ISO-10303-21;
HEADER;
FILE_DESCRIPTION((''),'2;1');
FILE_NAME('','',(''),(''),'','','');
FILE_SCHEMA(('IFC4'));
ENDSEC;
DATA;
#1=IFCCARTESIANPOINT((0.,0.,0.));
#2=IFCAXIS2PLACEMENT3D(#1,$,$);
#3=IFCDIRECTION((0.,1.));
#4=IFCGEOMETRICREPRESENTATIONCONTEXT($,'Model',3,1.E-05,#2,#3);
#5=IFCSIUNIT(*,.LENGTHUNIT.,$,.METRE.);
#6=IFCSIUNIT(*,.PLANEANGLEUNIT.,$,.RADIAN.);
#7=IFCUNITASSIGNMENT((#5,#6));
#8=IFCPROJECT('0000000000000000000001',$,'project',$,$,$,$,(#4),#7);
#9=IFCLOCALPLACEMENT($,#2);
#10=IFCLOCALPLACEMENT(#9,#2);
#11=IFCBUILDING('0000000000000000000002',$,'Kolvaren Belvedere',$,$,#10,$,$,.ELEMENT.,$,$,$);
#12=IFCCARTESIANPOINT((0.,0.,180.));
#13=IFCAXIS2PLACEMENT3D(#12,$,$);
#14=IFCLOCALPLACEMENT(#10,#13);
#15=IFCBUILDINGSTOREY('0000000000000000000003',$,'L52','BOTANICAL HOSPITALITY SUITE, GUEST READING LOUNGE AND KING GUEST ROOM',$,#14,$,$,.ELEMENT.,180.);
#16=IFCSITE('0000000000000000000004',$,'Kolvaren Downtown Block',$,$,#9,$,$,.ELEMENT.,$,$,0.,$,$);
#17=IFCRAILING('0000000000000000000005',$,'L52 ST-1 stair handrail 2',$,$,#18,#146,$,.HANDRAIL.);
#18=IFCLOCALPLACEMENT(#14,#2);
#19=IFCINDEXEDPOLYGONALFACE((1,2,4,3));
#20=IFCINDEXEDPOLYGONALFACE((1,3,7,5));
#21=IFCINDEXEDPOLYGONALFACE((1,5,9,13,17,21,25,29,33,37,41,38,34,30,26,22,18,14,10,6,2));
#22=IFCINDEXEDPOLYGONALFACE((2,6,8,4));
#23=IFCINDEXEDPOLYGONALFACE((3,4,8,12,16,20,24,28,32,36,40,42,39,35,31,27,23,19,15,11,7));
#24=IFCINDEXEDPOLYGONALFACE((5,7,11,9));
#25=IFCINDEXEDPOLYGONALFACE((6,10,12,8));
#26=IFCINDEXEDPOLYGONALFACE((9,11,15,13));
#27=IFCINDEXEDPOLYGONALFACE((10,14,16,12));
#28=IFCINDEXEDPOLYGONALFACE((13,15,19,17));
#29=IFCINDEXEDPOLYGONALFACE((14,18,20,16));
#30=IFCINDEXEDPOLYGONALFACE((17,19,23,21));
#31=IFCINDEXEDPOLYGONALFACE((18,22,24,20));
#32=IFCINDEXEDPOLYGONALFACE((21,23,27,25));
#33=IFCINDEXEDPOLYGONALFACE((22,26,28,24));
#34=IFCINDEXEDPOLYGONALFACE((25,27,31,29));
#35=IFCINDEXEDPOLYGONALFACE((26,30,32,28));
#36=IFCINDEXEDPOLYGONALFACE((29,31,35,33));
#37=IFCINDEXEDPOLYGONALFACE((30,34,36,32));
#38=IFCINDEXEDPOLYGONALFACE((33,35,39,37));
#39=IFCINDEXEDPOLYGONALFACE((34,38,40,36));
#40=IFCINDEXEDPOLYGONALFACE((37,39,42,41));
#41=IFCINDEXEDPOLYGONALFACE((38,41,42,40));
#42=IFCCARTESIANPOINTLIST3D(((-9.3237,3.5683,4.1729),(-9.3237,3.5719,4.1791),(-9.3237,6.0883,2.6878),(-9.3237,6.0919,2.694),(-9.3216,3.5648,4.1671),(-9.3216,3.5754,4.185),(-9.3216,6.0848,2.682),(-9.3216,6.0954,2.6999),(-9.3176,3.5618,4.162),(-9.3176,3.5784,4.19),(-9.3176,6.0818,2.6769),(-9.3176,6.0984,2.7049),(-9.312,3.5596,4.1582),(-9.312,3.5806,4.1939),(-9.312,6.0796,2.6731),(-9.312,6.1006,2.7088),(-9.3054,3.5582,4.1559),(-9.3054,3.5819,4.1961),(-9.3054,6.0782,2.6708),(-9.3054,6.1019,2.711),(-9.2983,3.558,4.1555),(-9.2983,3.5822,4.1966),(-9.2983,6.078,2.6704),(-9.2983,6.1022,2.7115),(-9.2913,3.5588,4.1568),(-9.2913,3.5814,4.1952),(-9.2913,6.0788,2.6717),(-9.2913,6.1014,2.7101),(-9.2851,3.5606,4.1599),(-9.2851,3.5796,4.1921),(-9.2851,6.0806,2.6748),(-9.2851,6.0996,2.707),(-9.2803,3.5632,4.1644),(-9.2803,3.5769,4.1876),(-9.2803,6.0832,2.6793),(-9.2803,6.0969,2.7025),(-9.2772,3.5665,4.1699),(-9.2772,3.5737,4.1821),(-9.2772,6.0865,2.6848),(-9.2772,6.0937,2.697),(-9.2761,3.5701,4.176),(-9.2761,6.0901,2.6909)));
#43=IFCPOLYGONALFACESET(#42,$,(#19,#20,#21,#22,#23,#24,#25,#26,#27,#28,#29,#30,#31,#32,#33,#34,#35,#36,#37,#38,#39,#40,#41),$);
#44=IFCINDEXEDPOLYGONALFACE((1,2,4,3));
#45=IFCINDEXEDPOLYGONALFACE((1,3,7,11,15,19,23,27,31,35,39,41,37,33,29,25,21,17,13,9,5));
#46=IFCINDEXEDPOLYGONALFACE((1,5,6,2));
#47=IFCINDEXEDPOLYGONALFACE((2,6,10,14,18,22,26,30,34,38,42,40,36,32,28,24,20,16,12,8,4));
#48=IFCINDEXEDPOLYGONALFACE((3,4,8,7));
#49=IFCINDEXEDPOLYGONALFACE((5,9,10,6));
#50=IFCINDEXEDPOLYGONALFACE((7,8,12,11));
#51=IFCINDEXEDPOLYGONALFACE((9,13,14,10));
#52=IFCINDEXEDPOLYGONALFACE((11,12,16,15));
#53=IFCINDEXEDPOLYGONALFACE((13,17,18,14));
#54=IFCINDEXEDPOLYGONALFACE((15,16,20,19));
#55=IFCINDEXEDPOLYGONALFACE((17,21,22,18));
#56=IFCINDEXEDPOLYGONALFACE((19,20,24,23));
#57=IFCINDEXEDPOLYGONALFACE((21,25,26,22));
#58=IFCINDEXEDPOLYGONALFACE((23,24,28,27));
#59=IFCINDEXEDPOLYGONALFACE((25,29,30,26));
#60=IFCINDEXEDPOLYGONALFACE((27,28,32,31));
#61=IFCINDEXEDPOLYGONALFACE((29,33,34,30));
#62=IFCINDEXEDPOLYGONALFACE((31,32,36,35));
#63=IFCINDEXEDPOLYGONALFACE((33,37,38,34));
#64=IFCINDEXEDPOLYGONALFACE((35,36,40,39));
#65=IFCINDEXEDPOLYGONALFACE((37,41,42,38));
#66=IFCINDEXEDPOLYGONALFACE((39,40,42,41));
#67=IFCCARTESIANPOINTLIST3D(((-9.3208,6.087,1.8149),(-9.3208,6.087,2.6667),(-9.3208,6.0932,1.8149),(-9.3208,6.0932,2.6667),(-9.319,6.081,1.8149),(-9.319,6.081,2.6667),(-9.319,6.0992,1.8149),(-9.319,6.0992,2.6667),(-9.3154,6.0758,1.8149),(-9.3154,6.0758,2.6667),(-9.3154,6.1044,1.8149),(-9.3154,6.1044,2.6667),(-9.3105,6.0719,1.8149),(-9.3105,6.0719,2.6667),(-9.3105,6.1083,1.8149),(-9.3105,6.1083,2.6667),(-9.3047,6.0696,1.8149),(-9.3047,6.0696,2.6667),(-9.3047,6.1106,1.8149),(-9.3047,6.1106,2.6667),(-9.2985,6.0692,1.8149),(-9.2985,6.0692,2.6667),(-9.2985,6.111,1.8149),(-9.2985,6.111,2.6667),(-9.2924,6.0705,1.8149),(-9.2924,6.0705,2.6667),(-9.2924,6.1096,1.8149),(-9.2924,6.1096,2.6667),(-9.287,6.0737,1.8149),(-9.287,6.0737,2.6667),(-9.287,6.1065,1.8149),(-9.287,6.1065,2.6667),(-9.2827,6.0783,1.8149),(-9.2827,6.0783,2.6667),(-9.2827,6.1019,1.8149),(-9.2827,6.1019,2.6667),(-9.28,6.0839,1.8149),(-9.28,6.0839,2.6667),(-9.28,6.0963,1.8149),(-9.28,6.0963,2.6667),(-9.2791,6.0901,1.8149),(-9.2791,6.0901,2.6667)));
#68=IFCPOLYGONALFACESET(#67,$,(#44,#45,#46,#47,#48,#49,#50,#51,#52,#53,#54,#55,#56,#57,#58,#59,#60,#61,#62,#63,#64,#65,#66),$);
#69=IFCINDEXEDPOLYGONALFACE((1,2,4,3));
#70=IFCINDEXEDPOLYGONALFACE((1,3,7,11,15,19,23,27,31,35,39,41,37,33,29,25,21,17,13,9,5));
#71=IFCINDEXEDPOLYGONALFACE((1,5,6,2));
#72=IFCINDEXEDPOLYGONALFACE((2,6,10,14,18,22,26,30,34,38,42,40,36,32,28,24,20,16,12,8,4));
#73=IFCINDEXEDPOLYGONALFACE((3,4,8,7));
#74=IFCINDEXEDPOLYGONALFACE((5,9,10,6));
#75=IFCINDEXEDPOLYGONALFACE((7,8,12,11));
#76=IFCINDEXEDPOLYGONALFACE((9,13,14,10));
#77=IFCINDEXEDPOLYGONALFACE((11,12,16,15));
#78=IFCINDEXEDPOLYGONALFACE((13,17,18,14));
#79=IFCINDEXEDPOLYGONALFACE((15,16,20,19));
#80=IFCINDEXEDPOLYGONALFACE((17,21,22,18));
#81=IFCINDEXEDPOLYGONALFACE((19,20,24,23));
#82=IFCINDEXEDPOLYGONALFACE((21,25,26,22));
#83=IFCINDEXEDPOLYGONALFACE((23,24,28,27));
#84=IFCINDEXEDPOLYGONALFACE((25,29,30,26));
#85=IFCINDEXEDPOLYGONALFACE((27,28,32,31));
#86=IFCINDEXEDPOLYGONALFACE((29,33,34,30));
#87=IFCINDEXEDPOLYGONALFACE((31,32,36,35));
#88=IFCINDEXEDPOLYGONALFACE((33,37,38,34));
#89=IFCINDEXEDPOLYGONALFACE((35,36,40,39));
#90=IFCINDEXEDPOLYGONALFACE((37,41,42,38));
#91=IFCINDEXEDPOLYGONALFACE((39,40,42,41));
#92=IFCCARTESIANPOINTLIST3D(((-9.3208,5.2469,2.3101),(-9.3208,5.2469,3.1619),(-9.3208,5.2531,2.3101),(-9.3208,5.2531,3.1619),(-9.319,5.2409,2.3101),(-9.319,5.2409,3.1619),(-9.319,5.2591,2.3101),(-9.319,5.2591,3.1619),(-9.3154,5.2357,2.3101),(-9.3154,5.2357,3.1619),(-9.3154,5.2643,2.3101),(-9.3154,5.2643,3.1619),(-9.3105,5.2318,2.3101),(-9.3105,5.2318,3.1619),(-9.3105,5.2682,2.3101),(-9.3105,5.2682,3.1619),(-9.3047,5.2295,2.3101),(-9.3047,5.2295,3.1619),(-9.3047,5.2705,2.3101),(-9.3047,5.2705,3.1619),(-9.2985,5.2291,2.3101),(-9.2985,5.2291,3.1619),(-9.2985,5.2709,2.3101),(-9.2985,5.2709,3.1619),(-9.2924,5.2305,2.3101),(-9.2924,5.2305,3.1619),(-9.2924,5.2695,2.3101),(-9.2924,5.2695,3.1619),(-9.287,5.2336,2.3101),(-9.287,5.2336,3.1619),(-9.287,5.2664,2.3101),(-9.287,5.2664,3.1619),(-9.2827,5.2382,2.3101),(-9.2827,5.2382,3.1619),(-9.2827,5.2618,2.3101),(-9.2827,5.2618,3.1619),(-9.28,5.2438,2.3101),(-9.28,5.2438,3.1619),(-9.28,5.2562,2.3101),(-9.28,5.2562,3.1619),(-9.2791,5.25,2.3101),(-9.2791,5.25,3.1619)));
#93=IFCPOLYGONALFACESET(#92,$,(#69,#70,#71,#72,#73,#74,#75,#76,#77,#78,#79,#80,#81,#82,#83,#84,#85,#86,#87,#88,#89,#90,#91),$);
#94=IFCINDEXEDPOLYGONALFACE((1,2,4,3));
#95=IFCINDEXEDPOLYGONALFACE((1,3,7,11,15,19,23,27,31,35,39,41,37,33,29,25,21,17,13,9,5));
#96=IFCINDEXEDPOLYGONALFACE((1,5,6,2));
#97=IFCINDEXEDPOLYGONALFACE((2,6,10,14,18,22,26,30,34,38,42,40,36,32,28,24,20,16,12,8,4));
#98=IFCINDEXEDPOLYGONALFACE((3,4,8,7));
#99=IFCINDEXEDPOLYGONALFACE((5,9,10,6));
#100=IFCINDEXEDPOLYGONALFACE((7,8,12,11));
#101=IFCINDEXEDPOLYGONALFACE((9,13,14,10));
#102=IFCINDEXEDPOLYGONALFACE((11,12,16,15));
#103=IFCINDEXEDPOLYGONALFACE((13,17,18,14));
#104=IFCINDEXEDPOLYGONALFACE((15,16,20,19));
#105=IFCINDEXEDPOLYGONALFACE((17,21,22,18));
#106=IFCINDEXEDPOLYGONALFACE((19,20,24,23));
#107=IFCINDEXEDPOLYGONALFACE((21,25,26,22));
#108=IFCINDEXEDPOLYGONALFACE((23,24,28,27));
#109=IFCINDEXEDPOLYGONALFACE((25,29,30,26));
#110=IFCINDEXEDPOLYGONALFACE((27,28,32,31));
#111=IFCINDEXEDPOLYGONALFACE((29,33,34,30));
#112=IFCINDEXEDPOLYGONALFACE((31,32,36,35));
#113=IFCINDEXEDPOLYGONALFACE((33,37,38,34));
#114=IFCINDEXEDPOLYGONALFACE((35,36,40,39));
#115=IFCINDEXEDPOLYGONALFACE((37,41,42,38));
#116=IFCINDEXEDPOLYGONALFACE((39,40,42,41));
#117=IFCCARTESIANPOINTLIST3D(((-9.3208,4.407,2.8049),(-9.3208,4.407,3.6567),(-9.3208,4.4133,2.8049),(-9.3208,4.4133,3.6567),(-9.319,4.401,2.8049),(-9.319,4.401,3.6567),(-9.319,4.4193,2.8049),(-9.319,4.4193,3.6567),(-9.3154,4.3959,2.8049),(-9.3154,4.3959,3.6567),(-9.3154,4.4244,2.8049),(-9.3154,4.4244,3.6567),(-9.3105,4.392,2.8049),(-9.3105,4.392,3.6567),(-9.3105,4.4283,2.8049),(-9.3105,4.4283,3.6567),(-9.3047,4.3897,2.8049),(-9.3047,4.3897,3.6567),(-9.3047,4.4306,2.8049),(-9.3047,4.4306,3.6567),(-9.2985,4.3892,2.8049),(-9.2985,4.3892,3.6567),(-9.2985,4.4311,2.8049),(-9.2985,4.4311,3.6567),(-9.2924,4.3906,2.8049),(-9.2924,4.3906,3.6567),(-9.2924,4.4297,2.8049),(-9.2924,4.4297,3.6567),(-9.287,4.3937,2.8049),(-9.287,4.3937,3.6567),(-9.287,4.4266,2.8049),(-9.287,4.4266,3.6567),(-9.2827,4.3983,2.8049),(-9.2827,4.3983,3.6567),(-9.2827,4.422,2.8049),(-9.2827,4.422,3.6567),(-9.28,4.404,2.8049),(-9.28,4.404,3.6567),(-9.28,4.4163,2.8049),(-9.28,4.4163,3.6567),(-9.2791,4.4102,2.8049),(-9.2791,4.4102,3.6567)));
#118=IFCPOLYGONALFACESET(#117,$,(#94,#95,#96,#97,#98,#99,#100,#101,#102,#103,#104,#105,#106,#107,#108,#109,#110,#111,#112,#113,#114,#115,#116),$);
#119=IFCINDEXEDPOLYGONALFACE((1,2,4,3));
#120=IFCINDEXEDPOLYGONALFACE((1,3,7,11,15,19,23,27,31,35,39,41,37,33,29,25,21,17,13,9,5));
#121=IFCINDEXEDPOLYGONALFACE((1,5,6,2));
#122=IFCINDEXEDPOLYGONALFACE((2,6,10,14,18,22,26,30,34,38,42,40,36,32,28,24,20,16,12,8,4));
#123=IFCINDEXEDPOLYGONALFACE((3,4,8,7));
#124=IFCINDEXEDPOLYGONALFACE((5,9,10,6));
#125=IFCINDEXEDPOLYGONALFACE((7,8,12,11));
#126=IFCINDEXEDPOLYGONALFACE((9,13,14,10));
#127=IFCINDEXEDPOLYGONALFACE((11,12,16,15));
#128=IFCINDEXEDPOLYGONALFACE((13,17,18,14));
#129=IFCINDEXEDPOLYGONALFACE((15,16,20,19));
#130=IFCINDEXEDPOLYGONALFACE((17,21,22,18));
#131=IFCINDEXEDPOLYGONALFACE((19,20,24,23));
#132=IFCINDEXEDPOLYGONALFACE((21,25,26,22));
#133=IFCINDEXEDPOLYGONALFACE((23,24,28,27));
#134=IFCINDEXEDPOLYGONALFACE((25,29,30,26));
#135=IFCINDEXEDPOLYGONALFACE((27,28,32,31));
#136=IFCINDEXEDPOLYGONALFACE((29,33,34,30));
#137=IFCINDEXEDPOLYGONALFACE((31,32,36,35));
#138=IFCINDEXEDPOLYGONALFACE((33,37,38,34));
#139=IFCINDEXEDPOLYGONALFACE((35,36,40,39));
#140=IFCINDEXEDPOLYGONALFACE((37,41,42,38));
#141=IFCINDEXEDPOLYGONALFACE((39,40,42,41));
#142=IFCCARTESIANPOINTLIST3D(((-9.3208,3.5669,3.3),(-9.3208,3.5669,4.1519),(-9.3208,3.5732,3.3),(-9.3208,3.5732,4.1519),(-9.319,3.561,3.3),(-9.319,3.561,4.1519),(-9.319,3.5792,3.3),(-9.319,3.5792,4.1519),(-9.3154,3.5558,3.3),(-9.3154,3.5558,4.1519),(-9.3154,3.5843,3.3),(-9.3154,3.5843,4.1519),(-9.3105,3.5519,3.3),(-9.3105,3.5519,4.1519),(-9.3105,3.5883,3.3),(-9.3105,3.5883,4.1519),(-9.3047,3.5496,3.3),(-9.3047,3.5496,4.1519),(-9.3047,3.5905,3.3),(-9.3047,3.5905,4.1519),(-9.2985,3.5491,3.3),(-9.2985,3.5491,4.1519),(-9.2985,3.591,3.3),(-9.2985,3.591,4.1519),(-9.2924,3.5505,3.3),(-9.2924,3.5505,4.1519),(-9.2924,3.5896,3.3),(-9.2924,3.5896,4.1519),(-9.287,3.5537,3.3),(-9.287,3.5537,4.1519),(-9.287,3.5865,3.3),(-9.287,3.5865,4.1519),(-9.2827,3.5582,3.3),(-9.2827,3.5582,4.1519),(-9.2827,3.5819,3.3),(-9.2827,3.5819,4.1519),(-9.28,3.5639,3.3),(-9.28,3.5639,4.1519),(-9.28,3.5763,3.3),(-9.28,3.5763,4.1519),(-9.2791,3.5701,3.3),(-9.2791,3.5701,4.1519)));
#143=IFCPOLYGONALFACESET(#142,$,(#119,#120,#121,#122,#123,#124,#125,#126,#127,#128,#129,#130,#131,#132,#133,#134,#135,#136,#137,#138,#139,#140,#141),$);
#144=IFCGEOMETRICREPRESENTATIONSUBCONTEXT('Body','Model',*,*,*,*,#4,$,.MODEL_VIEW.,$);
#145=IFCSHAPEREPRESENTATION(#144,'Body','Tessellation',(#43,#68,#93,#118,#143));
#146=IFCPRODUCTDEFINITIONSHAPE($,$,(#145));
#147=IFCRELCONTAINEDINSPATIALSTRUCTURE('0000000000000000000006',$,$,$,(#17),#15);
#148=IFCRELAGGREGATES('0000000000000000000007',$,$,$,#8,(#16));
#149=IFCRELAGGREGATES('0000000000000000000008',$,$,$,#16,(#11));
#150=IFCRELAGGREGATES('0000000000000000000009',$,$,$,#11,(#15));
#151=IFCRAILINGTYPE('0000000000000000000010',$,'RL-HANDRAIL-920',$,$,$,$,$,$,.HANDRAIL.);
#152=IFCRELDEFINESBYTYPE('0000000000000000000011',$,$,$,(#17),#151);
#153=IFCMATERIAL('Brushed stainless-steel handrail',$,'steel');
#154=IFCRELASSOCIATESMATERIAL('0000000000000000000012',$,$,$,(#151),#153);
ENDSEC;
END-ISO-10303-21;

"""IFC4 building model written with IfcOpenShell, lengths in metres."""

from ifc_helpers import new_model, si_unit, direction, frame, origin, origin_2d, place, context, subcontext, project, spatial, circle, extrude, material, type_object, element, save


model = new_model("IFC4")

# Units and contexts
model_context = context("Model", 3, precision=1e-05, world=origin(), true_north=direction((0.0, 1.0)))
body_context = subcontext(model_context, "Body", "Model", "MODEL_VIEW")
ifc_project = project(units=[si_unit("LENGTHUNIT", "METRE"), si_unit("PLANEANGLEUNIT", "RADIAN")], contexts=[model_context])

# Site, building, storey
site_placement = place(None, origin())
site = spatial("IfcSite", under=ifc_project, at=site_placement, Name="Kolvaren Downtown Block", CompositionType="ELEMENT", RefElevation=0.0)
building_placement = place(site_placement, origin())
building = spatial("IfcBuilding", under=site, at=building_placement, Name="Kolvaren Belvedere", CompositionType="ELEMENT")
storey_placement = place(building_placement, frame((0.0, 0.0, 180.0)))
storey = spatial("IfcBuildingStorey", under=building, at=storey_placement, Name="L52", Description="BOTANICAL HOSPITALITY SUITE, GUEST READING LOUNGE AND KING GUEST ROOM", CompositionType="ELEMENT", Elevation=180.0)

# Railing
ifc_material_1 = material(Name="Brushed stainless-steel handrail", Category="steel")
railing_type_1 = type_object("IfcRailingType", Name="RL-HANDRAIL-920", PredefinedType="HANDRAIL", material=ifc_material_1)
railing_1_placement = place(storey_placement, frame((-9.3, 6.0901, 1.8149)))
element("IfcRailing", 1, at=railing_1_placement, inside=storey, type_object=railing_type_1, Name="L52 ST-1 stair handrail 2", PredefinedType="HANDRAIL", context=body_context, shape_type="SweptSolid", body=[
    extrude(circle(Radius=0.0239, at=origin_2d()), frame((0.0, 0.0, 0.876), z_axis=(0.0, -0.861524, 0.507717), x_axis=(1.0, 0.0, 0.0)), (0.0, 0.0, 1.0), 2.925),
    extrude(circle(Radius=0.021, at=origin_2d()), origin(), (0.0, 0.0, 1.0), 0.8518),
    extrude(circle(Radius=0.021, at=origin_2d()), frame((0.0, -0.8401, 0.4951)), (0.0, 0.0, 1.0), 0.8518),
    extrude(circle(Radius=0.021, at=origin_2d()), frame((0.0, -1.6799, 0.99)), (0.0, 0.0, 1.0), 0.8518),
    extrude(circle(Radius=0.021, at=origin_2d()), frame((0.0, -2.52, 1.4851)), (0.0, 0.0, 1.0), 0.8518),
])

save(model, "model.ifc")
